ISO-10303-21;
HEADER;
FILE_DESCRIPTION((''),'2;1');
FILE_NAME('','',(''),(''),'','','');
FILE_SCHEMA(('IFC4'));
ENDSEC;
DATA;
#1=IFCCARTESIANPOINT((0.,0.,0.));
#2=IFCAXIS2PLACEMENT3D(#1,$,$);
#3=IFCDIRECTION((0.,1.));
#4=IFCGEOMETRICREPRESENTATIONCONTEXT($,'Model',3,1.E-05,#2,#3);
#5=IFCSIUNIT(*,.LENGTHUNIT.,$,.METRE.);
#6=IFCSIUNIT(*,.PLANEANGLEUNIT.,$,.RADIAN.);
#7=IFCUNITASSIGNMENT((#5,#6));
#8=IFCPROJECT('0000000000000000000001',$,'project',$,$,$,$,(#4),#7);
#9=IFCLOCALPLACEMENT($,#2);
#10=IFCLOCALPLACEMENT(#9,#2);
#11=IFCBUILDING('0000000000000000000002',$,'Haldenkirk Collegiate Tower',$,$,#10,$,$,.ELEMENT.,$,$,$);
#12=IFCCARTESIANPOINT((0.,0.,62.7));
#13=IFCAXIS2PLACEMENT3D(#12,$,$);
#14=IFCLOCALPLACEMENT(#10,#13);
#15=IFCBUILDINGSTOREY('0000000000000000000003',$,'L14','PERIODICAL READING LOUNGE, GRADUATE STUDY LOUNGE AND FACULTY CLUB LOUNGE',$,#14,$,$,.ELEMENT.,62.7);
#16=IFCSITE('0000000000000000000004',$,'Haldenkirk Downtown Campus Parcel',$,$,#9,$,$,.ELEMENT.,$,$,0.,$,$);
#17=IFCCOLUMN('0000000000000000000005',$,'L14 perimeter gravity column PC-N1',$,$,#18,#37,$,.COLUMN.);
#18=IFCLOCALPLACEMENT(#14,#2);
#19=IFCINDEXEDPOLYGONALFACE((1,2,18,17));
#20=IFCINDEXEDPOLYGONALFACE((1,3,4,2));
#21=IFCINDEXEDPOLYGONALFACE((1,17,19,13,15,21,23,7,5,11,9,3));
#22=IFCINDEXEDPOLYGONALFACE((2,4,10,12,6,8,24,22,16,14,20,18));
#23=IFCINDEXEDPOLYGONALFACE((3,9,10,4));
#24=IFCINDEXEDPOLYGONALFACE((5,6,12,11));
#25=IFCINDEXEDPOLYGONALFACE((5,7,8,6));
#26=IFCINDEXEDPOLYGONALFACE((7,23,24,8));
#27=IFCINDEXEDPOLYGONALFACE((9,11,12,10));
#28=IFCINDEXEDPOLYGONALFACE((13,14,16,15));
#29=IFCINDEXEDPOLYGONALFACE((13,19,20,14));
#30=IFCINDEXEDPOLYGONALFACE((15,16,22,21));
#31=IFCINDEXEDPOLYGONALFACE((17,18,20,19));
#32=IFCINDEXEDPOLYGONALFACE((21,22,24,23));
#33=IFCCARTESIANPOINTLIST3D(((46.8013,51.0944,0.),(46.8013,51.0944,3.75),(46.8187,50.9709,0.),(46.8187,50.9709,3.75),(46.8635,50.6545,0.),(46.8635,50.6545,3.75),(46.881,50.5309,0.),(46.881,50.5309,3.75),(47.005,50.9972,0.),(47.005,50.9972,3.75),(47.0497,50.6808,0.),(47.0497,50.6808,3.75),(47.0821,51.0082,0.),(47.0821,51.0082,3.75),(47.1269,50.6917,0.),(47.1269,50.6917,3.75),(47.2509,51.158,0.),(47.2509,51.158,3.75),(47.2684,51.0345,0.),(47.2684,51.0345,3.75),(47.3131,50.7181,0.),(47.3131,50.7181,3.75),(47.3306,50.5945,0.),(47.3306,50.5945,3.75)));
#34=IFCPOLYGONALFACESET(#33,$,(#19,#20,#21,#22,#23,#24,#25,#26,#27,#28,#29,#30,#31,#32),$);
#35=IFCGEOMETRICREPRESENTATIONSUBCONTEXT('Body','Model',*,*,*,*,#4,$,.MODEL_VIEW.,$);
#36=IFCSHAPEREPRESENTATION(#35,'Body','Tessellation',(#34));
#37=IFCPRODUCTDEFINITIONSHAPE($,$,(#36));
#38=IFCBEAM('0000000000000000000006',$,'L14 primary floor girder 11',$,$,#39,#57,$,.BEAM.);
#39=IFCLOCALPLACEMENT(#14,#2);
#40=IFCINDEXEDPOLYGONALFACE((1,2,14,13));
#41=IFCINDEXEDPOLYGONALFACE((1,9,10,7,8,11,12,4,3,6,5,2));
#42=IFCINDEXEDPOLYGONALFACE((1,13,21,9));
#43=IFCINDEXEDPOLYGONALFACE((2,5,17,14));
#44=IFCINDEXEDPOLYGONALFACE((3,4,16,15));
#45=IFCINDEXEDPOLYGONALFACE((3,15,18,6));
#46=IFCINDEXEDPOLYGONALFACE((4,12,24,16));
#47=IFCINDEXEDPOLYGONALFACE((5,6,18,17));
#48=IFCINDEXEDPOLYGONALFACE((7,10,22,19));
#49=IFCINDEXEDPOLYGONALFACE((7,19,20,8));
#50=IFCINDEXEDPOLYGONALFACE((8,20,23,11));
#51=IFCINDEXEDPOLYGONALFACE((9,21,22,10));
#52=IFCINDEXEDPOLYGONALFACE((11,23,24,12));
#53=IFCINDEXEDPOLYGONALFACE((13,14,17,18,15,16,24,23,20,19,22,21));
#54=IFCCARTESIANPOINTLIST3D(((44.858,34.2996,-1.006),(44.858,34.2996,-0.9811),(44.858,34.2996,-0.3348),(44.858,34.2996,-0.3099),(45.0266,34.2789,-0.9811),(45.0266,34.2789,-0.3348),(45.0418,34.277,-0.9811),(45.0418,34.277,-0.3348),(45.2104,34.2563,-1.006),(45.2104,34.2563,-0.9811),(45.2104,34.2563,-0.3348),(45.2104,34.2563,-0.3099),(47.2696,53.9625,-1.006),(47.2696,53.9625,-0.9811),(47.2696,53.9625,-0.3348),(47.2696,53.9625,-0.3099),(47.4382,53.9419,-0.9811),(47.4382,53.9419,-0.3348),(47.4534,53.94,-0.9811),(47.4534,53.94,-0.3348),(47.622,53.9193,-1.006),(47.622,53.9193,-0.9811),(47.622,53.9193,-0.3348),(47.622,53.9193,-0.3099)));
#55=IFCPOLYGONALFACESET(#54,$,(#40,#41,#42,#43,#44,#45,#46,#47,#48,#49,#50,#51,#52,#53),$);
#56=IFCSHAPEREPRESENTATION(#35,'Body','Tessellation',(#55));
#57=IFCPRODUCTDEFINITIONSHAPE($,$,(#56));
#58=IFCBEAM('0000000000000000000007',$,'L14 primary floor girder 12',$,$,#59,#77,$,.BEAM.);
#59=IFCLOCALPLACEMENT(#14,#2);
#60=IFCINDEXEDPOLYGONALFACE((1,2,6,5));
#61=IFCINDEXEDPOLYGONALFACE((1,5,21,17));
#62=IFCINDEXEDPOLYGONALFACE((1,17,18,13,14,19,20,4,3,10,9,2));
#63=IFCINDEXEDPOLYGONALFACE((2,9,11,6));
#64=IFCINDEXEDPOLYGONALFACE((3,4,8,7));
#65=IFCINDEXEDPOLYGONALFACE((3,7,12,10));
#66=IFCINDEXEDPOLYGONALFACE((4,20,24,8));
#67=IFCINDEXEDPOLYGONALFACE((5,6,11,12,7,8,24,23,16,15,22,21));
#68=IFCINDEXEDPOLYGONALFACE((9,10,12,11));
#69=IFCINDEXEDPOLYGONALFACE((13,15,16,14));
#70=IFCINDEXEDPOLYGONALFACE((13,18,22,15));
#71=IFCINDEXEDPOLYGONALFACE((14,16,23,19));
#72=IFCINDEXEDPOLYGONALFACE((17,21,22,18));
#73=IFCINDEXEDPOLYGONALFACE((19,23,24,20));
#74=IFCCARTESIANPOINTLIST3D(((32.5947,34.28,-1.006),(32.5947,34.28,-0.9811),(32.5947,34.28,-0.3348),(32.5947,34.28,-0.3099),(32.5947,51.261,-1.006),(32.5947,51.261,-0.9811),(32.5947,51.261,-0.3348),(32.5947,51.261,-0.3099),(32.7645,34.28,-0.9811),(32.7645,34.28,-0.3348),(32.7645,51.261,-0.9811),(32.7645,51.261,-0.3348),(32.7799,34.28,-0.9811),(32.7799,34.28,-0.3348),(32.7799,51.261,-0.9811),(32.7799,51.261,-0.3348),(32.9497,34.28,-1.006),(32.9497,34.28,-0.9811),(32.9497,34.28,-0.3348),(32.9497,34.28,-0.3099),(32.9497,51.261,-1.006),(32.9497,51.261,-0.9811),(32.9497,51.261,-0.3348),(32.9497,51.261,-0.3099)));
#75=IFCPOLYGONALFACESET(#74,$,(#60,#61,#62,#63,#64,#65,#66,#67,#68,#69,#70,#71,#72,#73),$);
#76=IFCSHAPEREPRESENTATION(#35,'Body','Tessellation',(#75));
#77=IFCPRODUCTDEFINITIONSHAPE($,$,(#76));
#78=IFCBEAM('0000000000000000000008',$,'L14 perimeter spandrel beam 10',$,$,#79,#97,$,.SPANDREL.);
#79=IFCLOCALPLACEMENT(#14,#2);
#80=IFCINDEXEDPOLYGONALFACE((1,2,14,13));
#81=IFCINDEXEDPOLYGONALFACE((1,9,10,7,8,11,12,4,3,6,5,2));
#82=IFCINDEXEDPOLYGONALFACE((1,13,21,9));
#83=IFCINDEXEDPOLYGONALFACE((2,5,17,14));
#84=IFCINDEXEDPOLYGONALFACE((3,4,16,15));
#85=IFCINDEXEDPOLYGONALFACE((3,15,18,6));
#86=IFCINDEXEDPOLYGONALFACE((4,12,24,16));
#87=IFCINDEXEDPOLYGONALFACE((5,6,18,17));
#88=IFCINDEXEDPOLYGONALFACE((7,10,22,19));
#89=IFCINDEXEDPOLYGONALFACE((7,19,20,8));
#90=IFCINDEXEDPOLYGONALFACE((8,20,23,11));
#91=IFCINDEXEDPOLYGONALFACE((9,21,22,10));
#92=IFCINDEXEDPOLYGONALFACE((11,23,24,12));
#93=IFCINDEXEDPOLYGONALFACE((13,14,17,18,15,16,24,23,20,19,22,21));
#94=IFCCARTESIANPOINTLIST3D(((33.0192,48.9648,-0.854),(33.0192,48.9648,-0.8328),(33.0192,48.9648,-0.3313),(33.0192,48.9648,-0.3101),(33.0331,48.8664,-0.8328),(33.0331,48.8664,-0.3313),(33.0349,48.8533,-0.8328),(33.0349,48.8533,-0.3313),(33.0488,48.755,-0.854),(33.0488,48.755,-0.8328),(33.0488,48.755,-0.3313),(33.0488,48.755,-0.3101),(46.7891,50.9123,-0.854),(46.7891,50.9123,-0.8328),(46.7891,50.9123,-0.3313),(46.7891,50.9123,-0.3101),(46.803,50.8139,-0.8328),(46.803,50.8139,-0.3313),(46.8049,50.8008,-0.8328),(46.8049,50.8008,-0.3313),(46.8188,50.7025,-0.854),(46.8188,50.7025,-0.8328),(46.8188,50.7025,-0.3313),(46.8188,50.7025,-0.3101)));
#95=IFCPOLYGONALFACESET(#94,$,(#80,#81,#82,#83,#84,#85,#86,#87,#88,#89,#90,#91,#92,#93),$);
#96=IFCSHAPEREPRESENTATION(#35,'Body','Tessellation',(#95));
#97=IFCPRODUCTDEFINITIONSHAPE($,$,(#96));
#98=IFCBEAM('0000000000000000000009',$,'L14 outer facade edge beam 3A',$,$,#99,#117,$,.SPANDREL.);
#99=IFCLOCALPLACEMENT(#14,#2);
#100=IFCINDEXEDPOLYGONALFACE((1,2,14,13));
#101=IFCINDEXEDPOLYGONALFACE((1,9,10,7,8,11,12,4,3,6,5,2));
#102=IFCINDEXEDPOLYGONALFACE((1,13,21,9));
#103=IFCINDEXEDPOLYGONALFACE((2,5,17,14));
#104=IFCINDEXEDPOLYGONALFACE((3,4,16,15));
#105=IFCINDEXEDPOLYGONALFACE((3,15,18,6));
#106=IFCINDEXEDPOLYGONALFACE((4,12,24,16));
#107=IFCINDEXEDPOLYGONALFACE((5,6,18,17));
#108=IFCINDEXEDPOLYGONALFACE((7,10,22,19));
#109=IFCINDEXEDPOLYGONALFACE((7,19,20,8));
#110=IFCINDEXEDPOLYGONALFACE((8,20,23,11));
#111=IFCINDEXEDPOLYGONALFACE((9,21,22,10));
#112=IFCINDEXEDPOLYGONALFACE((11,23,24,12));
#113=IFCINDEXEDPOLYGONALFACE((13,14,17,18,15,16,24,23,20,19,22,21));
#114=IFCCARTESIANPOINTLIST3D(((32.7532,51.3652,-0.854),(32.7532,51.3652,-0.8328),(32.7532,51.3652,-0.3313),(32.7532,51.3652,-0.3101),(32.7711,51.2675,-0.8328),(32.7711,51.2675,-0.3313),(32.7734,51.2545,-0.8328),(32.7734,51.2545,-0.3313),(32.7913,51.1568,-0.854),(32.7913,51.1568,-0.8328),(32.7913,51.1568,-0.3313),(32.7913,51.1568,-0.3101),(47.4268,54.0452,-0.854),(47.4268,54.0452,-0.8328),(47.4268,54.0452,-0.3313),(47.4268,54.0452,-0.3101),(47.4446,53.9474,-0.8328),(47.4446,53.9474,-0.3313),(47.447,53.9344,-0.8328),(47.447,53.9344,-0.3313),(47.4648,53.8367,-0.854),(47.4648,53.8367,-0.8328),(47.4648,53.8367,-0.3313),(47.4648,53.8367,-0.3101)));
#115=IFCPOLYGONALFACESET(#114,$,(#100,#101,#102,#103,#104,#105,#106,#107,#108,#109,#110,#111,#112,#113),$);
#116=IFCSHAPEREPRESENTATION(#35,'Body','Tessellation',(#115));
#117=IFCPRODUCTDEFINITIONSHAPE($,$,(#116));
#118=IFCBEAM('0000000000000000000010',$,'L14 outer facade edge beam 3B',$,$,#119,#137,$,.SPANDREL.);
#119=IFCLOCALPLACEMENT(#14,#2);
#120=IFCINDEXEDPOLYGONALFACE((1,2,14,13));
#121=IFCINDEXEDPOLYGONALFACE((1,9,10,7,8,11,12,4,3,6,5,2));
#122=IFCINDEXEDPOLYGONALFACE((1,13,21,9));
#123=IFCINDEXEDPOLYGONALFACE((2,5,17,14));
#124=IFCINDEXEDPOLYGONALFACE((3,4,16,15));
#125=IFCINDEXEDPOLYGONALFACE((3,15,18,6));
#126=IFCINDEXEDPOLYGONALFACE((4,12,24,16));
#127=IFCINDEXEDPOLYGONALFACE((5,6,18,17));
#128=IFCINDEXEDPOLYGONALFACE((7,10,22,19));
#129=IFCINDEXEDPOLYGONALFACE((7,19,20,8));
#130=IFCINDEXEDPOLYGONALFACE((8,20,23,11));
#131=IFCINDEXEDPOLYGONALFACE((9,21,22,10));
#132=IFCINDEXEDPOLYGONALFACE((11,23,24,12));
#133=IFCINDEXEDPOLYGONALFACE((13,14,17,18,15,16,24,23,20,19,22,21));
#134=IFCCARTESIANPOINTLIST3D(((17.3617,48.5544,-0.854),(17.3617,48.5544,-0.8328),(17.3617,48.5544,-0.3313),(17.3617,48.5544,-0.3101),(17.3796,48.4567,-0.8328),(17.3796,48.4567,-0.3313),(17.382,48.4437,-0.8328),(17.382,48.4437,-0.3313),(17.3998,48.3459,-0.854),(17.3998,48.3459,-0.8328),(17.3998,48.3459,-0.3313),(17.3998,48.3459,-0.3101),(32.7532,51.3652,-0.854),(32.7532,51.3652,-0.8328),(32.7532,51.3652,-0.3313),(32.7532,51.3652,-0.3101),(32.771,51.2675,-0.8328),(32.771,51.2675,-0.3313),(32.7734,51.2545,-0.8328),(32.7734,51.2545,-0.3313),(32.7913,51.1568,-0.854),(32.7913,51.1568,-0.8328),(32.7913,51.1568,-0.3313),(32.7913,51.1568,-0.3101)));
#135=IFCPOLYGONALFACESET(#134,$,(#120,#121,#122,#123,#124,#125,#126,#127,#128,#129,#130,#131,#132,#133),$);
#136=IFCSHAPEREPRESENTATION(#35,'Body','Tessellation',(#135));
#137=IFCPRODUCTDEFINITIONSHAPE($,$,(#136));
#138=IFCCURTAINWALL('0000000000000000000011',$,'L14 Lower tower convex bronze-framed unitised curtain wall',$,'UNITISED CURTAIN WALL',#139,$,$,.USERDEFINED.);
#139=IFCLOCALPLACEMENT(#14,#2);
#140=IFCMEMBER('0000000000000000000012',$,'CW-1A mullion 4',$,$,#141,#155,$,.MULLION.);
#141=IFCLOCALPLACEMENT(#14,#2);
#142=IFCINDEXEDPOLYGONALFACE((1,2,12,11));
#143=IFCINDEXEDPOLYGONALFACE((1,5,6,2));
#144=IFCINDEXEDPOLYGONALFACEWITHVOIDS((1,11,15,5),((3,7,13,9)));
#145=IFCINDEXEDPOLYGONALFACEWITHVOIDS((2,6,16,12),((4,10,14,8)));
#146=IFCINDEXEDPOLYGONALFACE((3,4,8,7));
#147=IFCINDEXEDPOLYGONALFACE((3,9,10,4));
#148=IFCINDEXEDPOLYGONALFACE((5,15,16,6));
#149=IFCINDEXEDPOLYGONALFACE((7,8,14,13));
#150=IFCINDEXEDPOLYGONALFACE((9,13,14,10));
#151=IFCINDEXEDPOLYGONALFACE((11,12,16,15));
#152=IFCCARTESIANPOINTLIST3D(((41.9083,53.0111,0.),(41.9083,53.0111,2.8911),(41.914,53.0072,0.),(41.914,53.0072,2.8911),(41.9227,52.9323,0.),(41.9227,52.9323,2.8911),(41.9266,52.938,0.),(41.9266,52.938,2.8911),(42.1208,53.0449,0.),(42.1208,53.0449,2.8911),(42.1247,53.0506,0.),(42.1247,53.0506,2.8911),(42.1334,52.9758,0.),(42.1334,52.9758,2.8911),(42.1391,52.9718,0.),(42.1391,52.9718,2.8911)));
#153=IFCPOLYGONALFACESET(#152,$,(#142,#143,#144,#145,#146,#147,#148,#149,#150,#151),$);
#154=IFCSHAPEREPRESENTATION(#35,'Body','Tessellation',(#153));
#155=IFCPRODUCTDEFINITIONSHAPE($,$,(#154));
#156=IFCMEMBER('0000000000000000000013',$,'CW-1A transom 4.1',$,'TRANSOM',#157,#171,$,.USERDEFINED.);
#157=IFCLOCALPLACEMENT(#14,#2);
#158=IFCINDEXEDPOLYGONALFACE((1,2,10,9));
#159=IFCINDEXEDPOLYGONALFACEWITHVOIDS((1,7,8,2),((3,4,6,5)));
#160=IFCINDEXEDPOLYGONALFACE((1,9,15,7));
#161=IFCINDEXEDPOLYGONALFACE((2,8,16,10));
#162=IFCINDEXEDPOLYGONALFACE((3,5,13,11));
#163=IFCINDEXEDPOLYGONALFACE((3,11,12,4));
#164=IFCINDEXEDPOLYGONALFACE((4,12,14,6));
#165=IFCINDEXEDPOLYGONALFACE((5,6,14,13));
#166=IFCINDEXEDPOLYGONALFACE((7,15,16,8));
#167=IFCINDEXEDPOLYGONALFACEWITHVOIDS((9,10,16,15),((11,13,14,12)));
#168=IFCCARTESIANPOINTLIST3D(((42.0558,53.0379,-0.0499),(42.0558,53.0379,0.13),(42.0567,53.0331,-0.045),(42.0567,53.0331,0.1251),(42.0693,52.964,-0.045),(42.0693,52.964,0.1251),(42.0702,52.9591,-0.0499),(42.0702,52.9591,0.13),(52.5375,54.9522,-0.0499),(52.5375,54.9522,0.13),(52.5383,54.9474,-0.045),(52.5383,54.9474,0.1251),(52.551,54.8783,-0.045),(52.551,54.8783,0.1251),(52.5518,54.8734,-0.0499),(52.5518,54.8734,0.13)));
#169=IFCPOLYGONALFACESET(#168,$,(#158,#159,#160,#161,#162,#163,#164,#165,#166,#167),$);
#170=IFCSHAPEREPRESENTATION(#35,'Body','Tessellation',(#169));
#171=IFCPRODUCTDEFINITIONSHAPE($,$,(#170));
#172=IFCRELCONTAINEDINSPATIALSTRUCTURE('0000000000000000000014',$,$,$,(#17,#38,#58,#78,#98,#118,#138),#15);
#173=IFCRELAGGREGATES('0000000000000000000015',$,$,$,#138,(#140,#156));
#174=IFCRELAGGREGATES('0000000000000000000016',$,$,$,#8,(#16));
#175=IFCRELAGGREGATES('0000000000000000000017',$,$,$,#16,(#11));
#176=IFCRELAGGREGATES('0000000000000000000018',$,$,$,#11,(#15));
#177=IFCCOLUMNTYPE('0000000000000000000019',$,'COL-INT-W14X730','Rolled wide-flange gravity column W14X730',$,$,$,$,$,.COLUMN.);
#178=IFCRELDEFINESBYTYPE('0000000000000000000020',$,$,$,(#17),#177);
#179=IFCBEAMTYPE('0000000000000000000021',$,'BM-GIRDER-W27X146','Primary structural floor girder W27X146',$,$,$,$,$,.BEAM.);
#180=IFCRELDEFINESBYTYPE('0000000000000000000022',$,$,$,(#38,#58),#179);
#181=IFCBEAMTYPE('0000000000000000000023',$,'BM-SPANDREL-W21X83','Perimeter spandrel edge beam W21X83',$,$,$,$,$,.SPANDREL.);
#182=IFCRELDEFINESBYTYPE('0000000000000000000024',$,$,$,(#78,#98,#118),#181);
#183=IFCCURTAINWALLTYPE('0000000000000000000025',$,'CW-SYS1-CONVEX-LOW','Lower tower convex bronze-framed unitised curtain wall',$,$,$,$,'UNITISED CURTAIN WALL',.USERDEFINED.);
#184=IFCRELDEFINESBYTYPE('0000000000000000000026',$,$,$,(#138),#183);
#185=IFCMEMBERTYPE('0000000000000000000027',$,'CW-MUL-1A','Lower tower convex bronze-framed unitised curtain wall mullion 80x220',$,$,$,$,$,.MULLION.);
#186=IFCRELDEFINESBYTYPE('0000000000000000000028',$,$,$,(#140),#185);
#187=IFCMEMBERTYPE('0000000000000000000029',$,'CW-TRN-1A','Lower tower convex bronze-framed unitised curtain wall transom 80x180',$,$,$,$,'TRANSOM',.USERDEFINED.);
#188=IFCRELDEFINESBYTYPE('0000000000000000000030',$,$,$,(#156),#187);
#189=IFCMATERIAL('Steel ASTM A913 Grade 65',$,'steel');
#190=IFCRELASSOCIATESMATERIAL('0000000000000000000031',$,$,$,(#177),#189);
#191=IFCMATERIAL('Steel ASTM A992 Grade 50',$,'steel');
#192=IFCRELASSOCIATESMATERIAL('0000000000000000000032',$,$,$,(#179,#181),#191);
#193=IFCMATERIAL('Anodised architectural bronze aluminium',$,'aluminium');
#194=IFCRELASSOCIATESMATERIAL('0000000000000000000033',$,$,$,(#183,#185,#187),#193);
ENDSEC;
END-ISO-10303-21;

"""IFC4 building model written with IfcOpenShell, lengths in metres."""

from ifc_helpers import new_model, si_unit, direction, frame, origin, origin_2d, place, context, subcontext, project, spatial, hollow_rectangle, i_section, extrude, material, material_profile, profile_set, type_object, element, aggregate, save


model = new_model("IFC4")

# Units and contexts
model_context = context("Model", 3, precision=1e-05, world=origin(), true_north=direction((0.0, 1.0)))
body_context = subcontext(model_context, "Body", "Model", "MODEL_VIEW")
ifc_project = project(units=[si_unit("LENGTHUNIT", "METRE"), si_unit("PLANEANGLEUNIT", "RADIAN")], contexts=[model_context])

# Site, building, storey
site_placement = place(None, origin())
site = spatial("IfcSite", under=ifc_project, at=site_placement, Name="Haldenkirk Downtown Campus Parcel", CompositionType="ELEMENT", RefElevation=0.0)
building_placement = place(site_placement, origin())
building = spatial("IfcBuilding", under=site, at=building_placement, Name="Haldenkirk Collegiate Tower", CompositionType="ELEMENT")
storey_placement = place(building_placement, frame((0.0, 0.0, 62.7)))
storey = spatial("IfcBuildingStorey", under=building, at=storey_placement, Name="L14", Description="PERIODICAL READING LOUNGE, GRADUATE STUDY LOUNGE AND FACULTY CLUB LOUNGE", CompositionType="ELEMENT", Elevation=62.7)

# Column
ifc_material_1 = material(Name="Steel ASTM A913 Grade 65", Category="steel")
ifc_material_profile_1 = material_profile(ifc_material_1, i_section(OverallWidth=0.4541, OverallDepth=0.5691, WebThickness=0.0779, FlangeThickness=0.1248, at=origin_2d()), Name="W14X730")
ifc_profile_set_1 = profile_set([ifc_material_profile_1], Name="Steel ASTM A913 Grade 65")
column_type = type_object("IfcColumnType", Name="COL-INT-W14X730", Description="Rolled wide-flange gravity column W14X730", PredefinedType="COLUMN", material=ifc_profile_set_1)
column_placement = place(storey_placement, frame((47.0659, 50.8445, 0.0), z_axis=(0.0, 0.0, 1.0), x_axis=(0.990146, 0.140037, 0.0)))
element("IfcColumn", 1, at=column_placement, inside=storey, type_object=column_type, Name="L14 perimeter gravity column PC-N1", PredefinedType="COLUMN", context=body_context, shape_type="SweptSolid", body=[
    extrude(i_section(OverallWidth=0.4541, OverallDepth=0.5691, WebThickness=0.0779, FlangeThickness=0.1248, at=origin_2d()), origin(), (0.0, 0.0, 1.0), 3.75),
])

# Beams
ifc_material_2 = material(Name="Steel ASTM A992 Grade 50", Category="steel")
ifc_material_profile_2 = material_profile(ifc_material_2, i_section(OverallWidth=0.355, OverallDepth=0.696, WebThickness=0.0154, FlangeThickness=0.0249, at=origin_2d()), Name="W27X146")
ifc_profile_set_2 = profile_set([ifc_material_profile_2], Name="Steel ASTM A992 Grade 50")
beam_type_1 = type_object("IfcBeamType", Name="BM-GIRDER-W27X146", Description="Primary structural floor girder W27X146", PredefinedType="BEAM", material=ifc_profile_set_2)
beam_1_placement = place(storey_placement, frame((47.4458, 53.9409, -0.658), z_axis=(-0.121735, -0.992563, 0.0), x_axis=(0.992563, -0.121735, 0.0)))
element("IfcBeam", 2, at=beam_1_placement, inside=storey, type_object=beam_type_1, Name="L14 primary floor girder 11", PredefinedType="BEAM", context=body_context, shape_type="SweptSolid", body=[
    extrude(i_section(OverallWidth=0.355, OverallDepth=0.696, WebThickness=0.0154, FlangeThickness=0.0249, at=origin_2d()), origin(), (0.0, 0.0, 1.0), 19.8103),
])
beam_2_placement = place(storey_placement, frame((32.7722, 51.261, -0.658), z_axis=(0.0, -1.0, 0.0), x_axis=(1.0, 0.0, 0.0)))
element("IfcBeam", 3, at=beam_2_placement, inside=storey, type_object=beam_type_1, Name="L14 primary floor girder 12", PredefinedType="BEAM", context=body_context, shape_type="SweptSolid", body=[
    extrude(i_section(OverallWidth=0.355, OverallDepth=0.696, WebThickness=0.0154, FlangeThickness=0.0249, at=origin_2d()), origin(), (0.0, 0.0, 1.0), 16.981),
])
ifc_material_profile_3 = material_profile(ifc_material_2, i_section(OverallWidth=0.2119, OverallDepth=0.5439, WebThickness=0.0132, FlangeThickness=0.0212, at=origin_2d()), Name="W21X83")
ifc_profile_set_3 = profile_set([ifc_material_profile_3], Name="Steel ASTM A992 Grade 50")
beam_type_2 = type_object("IfcBeamType", Name="BM-SPANDREL-W21X83", Description="Perimeter spandrel edge beam W21X83", PredefinedType="SPANDREL", material=ifc_profile_set_3)
beam_3_placement = place(storey_placement, frame((46.804, 50.8074, -0.582), z_axis=(-0.990146, -0.140038, 0.0), x_axis=(0.140038, -0.990146, 0.0)))
element("IfcBeam", 4, at=beam_3_placement, inside=storey, type_object=beam_type_2, Name="L14 perimeter spandrel beam 10", PredefinedType="SPANDREL", context=body_context, shape_type="SweptSolid", body=[
    extrude(i_section(OverallWidth=0.2119, OverallDepth=0.5439, WebThickness=0.0132, FlangeThickness=0.0212, at=origin_2d()), origin(), (0.0, 0.0, 1.0), 13.907),
])
beam_4_placement = place(storey_placement, frame((47.4458, 53.9409, -0.582), z_axis=(-0.983728, -0.179665, 0.0), x_axis=(0.179665, -0.983728, 0.0)))
element("IfcBeam", 5, at=beam_4_placement, inside=storey, type_object=beam_type_2, Name="L14 outer facade edge beam 3A", PredefinedType="SPANDREL", context=body_context, shape_type="SweptSolid", body=[
    extrude(i_section(OverallWidth=0.2119, OverallDepth=0.5439, WebThickness=0.0132, FlangeThickness=0.0212, at=origin_2d()), origin(), (0.0, 0.0, 1.0), 14.9163),
])
beam_5_placement = place(storey_placement, frame((32.7722, 51.261, -0.582), z_axis=(-0.983731, -0.17965, 0.0), x_axis=(0.17965, -0.983731, 0.0)))
element("IfcBeam", 6, at=beam_5_placement, inside=storey, type_object=beam_type_2, Name="L14 outer facade edge beam 3B", PredefinedType="SPANDREL", context=body_context, shape_type="SweptSolid", body=[
    extrude(i_section(OverallWidth=0.2119, OverallDepth=0.5439, WebThickness=0.0132, FlangeThickness=0.0212, at=origin_2d()), origin(), (0.0, 0.0, 1.0), 15.646),
])

# Curtain wall, members
ifc_material_3 = material(Name="Anodised architectural bronze aluminium", Category="aluminium")
curtain_wall_type = type_object("IfcCurtainWallType", Name="CW-SYS1-CONVEX-LOW", Description="Lower tower convex bronze-framed unitised curtain wall", ElementType="UNITISED CURTAIN WALL", PredefinedType="USERDEFINED", material=ifc_material_3)
curtain_wall_placement = place(storey_placement, origin())
curtain_wall = element("IfcCurtainWall", 7, at=curtain_wall_placement, inside=storey, type_object=curtain_wall_type, Name="L14 Lower tower convex bronze-framed unitised curtain wall", ObjectType="UNITISED CURTAIN WALL", PredefinedType="USERDEFINED")
ifc_material_profile_4 = material_profile(ifc_material_3, hollow_rectangle(XDim=0.0801, YDim=0.22, WallThickness=0.0049, at=origin_2d()), Name="CW-MUL-1A")
ifc_profile_set_4 = profile_set([ifc_material_profile_4], Name="Anodised architectural bronze aluminium")
member_type_1 = type_object("IfcMemberType", Name="CW-MUL-1A", Description="Lower tower convex bronze-framed unitised curtain wall mullion 80x220", PredefinedType="MULLION", material=ifc_profile_set_4)
member_1_placement = place(storey_placement, frame((42.0237, 52.9915, 0.0), z_axis=(0.0, 0.0, 1.0), x_axis=(-0.179659, 0.983729, 0.0)))
member_1 = element("IfcMember", 8, at=member_1_placement, type_object=member_type_1, Name="CW-1A mullion 4", PredefinedType="MULLION", context=body_context, shape_type="SweptSolid", body=[
    extrude(hollow_rectangle(XDim=0.0801, YDim=0.22, WallThickness=0.0049, at=origin_2d()), origin(), (0.0, 0.0, 1.0), 2.8911),
])
ifc_material_profile_5 = material_profile(ifc_material_3, hollow_rectangle(XDim=0.0801, YDim=0.1799, WallThickness=0.0049, at=origin_2d()), Name="CW-TRN-1A")
ifc_profile_set_5 = profile_set([ifc_material_profile_5], Name="Anodised architectural bronze aluminium")
member_type_2 = type_object("IfcMemberType", Name="CW-TRN-1A", Description="Lower tower convex bronze-framed unitised curtain wall transom 80x180", ElementType="TRANSOM", PredefinedType="USERDEFINED", material=ifc_profile_set_5)
member_2_placement = place(storey_placement, frame((42.063, 52.9985, 0.04), z_axis=(0.983728, 0.179662, 0.0), x_axis=(-0.179662, 0.983728, 0.0)))
member_2 = element("IfcMember", 9, at=member_2_placement, type_object=member_type_2, Name="CW-1A transom 4.1", ObjectType="TRANSOM", PredefinedType="USERDEFINED", context=body_context, shape_type="SweptSolid", body=[
    extrude(hollow_rectangle(XDim=0.0801, YDim=0.1799, WallThickness=0.0049, at=origin_2d()), origin(), (0.0, 0.0, 1.0), 10.655),
])
aggregate(curtain_wall, [member_1, member_2])

save(model, "model.ifc")
